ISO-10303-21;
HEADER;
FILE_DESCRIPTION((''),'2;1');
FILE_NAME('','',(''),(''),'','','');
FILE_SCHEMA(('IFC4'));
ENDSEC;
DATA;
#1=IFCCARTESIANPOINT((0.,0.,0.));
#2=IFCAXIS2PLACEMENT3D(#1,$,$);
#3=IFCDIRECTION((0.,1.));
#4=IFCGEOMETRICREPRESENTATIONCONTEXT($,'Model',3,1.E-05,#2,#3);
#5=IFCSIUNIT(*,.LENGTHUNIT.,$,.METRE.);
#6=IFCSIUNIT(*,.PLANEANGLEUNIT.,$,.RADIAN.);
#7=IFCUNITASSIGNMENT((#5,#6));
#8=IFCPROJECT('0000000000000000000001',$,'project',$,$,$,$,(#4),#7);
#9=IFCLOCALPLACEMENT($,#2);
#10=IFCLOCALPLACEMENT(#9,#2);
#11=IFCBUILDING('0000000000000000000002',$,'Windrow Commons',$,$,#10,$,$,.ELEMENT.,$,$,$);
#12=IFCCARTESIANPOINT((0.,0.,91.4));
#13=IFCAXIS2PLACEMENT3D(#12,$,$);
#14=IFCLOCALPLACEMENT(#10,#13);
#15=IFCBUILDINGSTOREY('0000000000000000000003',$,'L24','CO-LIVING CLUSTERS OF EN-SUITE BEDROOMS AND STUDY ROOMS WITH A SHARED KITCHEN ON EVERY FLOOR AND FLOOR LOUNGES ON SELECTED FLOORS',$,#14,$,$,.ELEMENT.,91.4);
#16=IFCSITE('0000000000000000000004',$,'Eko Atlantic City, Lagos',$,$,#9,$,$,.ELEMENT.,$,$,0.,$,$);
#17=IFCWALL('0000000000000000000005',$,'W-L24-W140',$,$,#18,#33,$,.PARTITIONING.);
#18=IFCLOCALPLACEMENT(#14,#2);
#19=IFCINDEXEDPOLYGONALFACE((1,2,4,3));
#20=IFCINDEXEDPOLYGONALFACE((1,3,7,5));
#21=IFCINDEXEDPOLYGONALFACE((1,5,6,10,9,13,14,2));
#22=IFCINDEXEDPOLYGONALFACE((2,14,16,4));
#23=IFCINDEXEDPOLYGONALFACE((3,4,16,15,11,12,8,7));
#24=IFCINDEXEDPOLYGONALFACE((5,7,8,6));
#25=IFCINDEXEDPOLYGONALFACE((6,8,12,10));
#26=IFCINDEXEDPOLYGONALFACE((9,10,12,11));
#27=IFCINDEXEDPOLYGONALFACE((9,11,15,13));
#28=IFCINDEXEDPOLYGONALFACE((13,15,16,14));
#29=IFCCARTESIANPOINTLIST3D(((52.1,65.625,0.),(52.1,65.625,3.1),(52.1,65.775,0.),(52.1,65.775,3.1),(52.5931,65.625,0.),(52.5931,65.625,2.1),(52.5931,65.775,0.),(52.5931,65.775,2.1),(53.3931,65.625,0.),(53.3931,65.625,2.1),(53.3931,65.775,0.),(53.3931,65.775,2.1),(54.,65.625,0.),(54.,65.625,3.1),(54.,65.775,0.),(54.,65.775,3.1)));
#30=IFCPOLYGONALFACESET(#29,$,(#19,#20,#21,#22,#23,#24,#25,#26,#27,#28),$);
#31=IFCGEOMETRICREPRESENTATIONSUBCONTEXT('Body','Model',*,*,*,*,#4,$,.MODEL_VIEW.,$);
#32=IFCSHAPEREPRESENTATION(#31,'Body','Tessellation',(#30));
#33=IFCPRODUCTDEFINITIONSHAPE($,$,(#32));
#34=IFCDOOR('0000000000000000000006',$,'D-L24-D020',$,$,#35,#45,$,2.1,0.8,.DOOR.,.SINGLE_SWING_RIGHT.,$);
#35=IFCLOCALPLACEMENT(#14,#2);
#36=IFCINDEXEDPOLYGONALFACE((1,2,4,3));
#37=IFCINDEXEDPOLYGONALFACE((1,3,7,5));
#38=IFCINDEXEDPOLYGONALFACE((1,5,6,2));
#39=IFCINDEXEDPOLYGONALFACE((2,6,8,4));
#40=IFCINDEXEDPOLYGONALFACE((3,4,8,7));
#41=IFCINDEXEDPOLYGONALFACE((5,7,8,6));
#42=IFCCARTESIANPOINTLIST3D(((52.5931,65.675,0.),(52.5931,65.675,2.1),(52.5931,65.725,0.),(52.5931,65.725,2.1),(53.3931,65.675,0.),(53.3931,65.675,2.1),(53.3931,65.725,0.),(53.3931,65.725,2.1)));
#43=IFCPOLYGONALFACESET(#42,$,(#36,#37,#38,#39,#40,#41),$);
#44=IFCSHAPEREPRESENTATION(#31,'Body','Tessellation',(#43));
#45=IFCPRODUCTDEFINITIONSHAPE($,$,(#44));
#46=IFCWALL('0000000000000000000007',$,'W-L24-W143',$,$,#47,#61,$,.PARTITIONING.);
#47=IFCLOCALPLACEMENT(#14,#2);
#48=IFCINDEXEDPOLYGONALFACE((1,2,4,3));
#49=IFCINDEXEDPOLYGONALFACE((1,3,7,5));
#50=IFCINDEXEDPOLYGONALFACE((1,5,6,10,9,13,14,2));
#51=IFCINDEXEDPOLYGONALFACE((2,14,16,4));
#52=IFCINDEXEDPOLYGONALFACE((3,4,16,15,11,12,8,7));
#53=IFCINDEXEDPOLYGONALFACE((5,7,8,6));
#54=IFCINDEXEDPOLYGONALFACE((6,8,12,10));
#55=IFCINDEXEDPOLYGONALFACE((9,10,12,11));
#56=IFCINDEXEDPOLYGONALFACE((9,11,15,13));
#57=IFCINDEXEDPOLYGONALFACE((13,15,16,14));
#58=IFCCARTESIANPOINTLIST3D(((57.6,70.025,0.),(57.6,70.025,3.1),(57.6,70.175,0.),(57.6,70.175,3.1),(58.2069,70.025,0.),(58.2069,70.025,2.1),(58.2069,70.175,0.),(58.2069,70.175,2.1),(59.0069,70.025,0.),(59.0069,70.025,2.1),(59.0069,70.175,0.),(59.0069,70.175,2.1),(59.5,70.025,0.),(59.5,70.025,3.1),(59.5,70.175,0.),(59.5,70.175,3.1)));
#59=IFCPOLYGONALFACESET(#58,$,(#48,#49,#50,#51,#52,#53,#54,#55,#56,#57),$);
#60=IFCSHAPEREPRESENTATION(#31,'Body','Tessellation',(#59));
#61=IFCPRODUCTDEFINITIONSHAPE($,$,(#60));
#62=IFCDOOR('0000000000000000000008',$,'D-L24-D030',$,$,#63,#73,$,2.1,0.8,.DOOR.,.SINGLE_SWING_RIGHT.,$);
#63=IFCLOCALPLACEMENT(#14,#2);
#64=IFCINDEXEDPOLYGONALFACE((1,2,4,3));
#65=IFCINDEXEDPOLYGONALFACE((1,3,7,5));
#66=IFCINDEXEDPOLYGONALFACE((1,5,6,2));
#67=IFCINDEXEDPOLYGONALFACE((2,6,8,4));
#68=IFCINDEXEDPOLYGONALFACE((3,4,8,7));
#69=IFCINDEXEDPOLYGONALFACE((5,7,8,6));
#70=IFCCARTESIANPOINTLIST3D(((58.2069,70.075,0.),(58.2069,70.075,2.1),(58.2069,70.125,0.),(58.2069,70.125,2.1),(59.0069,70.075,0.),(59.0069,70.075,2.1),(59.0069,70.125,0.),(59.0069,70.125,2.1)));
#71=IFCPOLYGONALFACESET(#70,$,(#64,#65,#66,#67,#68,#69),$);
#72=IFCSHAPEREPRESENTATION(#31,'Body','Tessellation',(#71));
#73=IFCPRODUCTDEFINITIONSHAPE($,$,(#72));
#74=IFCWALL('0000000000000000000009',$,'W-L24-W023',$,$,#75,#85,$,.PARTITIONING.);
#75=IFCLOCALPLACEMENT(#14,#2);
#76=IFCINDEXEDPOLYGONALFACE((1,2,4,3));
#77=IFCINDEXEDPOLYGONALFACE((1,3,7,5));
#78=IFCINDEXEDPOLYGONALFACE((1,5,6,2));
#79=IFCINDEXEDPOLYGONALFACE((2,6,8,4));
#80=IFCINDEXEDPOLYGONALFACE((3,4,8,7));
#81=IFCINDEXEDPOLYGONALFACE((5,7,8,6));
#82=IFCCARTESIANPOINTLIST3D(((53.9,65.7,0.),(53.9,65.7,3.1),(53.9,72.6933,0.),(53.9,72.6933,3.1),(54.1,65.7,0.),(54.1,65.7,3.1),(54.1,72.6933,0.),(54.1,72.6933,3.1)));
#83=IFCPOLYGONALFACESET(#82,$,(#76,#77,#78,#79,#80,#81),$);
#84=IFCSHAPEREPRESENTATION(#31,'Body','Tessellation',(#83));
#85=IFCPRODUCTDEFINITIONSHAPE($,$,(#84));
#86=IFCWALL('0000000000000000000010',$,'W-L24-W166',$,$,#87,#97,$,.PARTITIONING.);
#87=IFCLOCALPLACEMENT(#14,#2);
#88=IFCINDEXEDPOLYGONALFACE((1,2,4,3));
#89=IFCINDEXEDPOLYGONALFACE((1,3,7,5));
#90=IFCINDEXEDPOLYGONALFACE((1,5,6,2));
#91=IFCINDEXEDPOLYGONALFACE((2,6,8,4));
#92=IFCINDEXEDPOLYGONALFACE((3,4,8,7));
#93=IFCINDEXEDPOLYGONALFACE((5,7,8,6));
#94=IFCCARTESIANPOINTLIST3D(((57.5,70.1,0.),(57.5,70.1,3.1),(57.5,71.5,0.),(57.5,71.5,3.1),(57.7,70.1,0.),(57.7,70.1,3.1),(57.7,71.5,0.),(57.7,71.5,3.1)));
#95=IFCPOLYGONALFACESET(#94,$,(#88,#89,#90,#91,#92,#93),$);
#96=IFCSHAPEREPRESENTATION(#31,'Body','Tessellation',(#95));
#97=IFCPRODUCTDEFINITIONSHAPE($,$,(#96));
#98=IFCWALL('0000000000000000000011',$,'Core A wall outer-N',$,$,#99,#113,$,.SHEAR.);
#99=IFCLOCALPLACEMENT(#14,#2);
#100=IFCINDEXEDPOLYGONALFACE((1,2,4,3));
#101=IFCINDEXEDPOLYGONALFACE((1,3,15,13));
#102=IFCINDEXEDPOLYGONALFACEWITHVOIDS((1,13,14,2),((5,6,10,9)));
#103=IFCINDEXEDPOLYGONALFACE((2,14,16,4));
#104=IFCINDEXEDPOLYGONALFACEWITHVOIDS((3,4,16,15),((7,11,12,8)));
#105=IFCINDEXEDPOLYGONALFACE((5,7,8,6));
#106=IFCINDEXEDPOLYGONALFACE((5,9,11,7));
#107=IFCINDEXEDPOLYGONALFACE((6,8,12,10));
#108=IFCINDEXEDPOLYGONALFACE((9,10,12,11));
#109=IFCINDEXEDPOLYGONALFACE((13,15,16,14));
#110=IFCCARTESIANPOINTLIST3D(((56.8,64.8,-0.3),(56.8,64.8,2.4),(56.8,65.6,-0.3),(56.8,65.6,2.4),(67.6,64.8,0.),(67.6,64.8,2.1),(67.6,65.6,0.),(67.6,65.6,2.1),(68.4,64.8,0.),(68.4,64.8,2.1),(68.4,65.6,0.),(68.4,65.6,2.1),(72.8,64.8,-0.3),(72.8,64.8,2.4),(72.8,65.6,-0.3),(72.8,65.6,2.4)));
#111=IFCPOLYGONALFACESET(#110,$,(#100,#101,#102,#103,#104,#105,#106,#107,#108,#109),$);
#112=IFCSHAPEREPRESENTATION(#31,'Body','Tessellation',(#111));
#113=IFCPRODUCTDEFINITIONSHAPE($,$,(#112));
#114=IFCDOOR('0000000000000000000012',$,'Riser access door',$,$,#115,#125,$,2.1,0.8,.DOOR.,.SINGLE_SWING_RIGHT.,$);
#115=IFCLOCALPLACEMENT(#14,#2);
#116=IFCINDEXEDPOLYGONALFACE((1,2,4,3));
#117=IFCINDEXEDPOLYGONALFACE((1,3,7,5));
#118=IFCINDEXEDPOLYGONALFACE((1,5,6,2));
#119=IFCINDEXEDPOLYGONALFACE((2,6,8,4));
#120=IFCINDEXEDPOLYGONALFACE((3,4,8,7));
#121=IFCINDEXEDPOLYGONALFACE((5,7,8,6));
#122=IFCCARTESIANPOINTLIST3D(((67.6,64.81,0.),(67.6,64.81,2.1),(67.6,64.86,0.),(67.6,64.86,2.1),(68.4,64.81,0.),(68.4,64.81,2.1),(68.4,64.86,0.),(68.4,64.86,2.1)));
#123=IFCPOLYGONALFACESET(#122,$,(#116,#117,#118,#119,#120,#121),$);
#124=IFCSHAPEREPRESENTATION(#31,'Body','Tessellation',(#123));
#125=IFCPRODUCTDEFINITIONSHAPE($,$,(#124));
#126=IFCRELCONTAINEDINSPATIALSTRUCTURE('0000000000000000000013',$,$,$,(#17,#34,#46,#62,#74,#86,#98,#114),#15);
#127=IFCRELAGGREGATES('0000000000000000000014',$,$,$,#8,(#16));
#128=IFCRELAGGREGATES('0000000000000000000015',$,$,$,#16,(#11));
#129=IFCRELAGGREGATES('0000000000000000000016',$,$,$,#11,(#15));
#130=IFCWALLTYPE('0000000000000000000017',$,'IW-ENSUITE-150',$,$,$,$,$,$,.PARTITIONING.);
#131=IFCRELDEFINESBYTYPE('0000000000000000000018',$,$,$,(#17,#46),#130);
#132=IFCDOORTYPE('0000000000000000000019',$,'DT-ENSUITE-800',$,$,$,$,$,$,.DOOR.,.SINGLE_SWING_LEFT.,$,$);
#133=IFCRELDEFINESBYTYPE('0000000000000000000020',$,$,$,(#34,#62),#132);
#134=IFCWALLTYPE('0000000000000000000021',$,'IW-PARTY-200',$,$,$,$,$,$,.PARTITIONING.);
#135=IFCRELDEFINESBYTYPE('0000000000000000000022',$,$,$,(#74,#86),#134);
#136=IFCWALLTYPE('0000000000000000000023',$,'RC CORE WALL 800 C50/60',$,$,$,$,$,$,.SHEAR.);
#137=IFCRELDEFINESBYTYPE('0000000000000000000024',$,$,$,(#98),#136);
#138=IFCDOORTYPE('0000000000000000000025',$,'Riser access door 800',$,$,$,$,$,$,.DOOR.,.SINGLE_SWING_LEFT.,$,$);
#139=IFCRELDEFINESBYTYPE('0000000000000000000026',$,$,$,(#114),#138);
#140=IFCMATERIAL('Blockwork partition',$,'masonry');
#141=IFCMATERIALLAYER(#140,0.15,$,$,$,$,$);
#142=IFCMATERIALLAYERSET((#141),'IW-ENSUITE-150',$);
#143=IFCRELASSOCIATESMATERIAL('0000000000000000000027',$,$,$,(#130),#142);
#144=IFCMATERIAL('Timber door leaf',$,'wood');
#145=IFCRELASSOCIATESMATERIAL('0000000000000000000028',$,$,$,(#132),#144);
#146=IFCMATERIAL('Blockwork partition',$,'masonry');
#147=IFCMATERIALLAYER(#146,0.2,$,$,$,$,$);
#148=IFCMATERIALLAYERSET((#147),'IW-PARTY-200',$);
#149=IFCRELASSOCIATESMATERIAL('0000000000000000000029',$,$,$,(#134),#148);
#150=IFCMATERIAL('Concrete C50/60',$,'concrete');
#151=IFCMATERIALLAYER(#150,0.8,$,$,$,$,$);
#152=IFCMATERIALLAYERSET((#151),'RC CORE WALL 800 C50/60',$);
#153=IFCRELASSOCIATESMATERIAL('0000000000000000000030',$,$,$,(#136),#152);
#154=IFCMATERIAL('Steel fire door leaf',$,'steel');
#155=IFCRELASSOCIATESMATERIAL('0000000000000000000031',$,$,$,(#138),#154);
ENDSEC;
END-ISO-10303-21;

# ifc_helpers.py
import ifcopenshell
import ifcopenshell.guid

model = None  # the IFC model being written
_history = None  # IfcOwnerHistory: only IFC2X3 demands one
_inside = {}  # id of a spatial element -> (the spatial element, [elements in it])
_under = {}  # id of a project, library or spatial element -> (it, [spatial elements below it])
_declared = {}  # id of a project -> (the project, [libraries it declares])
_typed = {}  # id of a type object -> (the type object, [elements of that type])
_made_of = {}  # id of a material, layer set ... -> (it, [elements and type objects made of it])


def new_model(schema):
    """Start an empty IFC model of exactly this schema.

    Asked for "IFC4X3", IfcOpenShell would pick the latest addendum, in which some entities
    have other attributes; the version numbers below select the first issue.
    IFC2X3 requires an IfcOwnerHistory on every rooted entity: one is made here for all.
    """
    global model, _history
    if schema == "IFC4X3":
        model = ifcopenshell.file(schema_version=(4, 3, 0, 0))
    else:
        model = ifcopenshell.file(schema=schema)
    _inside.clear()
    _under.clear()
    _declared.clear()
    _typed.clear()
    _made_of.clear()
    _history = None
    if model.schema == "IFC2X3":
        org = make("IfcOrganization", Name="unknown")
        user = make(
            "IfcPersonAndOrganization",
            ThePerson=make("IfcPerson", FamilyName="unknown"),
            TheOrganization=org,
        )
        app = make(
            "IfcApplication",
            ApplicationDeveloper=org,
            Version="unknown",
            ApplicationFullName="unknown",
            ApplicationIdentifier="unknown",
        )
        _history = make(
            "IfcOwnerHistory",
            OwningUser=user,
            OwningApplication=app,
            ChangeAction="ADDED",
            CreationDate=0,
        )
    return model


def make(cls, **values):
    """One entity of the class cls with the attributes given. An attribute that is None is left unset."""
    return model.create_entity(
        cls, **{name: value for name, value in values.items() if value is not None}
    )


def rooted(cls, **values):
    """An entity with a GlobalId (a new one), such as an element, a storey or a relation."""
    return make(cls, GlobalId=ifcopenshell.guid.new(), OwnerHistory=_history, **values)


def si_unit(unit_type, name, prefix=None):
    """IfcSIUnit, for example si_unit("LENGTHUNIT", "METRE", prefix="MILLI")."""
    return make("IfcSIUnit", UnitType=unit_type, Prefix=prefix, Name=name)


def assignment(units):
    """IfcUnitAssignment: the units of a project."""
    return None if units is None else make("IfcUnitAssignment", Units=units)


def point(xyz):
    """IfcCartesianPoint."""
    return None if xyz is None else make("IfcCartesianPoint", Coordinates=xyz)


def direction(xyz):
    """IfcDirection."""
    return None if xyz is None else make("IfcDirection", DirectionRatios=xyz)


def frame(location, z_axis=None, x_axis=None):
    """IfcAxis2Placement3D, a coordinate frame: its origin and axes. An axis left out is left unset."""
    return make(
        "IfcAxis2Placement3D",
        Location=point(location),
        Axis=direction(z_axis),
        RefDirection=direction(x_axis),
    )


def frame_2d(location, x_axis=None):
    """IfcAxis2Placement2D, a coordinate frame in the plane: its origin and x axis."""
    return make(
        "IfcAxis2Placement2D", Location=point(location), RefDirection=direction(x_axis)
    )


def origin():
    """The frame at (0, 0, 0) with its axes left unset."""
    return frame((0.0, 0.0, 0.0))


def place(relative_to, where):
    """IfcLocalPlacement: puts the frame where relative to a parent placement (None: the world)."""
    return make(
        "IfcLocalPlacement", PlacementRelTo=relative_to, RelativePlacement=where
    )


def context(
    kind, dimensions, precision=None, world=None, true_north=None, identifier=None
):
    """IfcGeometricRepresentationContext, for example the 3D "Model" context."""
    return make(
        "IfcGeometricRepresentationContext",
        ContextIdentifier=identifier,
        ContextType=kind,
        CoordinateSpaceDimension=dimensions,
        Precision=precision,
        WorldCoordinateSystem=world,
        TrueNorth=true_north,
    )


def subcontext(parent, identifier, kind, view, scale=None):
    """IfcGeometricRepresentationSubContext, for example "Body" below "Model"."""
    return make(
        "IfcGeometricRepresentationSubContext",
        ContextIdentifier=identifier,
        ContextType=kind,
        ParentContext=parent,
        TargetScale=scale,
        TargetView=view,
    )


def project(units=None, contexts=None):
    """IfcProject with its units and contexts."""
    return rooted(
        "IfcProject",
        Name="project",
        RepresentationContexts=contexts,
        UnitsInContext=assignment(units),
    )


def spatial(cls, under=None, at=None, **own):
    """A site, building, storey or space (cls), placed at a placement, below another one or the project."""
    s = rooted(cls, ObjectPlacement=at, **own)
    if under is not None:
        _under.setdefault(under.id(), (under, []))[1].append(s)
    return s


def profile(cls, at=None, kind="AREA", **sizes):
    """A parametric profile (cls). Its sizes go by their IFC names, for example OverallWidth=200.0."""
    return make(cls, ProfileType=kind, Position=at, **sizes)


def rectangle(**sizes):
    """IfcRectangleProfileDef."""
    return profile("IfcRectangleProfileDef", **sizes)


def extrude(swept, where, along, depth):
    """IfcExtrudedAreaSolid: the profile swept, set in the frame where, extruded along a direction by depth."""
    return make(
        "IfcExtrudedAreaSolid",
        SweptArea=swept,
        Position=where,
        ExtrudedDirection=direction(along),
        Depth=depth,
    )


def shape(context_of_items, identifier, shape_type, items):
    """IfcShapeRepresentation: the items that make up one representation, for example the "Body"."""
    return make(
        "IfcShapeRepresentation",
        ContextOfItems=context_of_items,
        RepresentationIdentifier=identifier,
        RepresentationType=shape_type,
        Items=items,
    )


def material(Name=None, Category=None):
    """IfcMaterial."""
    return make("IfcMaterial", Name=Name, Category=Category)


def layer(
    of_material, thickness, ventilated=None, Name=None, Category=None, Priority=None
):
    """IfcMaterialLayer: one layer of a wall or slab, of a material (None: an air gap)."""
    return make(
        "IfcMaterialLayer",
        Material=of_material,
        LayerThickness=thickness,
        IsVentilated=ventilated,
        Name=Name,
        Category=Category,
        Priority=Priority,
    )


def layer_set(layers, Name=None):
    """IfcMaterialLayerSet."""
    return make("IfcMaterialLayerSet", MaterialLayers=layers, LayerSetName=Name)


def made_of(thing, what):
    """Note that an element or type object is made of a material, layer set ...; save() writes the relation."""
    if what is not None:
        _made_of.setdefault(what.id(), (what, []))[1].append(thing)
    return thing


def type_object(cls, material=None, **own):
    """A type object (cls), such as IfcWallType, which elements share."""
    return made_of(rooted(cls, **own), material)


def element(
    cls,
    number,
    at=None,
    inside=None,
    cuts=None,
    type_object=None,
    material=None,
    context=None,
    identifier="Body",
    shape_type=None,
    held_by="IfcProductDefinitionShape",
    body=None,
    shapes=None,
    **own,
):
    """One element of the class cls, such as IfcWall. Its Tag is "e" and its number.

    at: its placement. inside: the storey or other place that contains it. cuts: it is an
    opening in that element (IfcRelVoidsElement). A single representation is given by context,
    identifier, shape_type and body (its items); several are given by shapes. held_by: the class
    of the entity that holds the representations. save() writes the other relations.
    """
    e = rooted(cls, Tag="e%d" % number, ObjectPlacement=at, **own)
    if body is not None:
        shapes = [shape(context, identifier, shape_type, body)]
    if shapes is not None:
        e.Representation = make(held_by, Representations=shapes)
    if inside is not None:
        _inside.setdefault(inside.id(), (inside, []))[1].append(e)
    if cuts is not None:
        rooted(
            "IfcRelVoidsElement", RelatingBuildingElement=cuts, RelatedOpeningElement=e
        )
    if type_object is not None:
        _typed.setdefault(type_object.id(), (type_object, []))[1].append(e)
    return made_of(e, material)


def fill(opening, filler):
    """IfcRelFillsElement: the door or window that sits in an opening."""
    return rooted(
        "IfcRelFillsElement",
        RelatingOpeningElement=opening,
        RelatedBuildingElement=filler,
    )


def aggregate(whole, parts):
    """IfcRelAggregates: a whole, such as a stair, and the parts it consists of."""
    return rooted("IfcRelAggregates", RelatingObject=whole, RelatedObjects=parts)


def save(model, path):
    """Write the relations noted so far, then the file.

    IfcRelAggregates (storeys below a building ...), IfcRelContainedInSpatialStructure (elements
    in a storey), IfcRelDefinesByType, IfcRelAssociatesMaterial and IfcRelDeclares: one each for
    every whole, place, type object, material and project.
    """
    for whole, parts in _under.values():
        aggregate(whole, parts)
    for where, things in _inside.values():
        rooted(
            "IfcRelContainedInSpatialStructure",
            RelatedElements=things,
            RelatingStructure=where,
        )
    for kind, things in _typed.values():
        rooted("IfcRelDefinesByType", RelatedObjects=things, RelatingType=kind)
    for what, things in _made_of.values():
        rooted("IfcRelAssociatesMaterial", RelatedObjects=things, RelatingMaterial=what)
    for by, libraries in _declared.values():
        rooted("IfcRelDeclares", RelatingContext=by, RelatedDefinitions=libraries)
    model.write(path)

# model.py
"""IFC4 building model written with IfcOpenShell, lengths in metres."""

from ifc_helpers import new_model, si_unit, direction, frame, frame_2d, origin, place, context, subcontext, project, spatial, rectangle, extrude, material, layer, layer_set, type_object, element, fill, save


model = new_model("IFC4")

# Units and contexts
model_context = context("Model", 3, precision=1e-05, world=origin(), true_north=direction((0.0, 1.0)))
body_context = subcontext(model_context, "Body", "Model", "MODEL_VIEW")
ifc_project = project(units=[si_unit("LENGTHUNIT", "METRE"), si_unit("PLANEANGLEUNIT", "RADIAN")], contexts=[model_context])

# Site, building, storey
site_placement = place(None, origin())
site = spatial("IfcSite", under=ifc_project, at=site_placement, Name="Eko Atlantic City, Lagos", CompositionType="ELEMENT", RefElevation=0.0)
building_placement = place(site_placement, origin())
building = spatial("IfcBuilding", under=site, at=building_placement, Name="Windrow Commons", CompositionType="ELEMENT")
storey_placement = place(building_placement, frame((0.0, 0.0, 91.4)))
storey = spatial("IfcBuildingStorey", under=building, at=storey_placement, Name="L24", Description="CO-LIVING CLUSTERS OF EN-SUITE BEDROOMS AND STUDY ROOMS WITH A SHARED KITCHEN ON EVERY FLOOR AND FLOOR LOUNGES ON SELECTED FLOORS", CompositionType="ELEMENT", Elevation=91.4)

# Shared definitions
ifc_material_1 = material(Name="Blockwork partition", Category="masonry")
ifc_layer_1 = layer(ifc_material_1, 0.15)
ifc_layer_set_1 = layer_set([ifc_layer_1], Name="IW-ENSUITE-150")
wall_type_1 = type_object("IfcWallType", Name="IW-ENSUITE-150", PredefinedType="PARTITIONING", material=ifc_layer_set_1)

# Walls, openings, doors
wall_1_placement = place(storey_placement, frame((52.1, 65.7, 0.0), z_axis=(0.0, 0.0, 1.0), x_axis=(1.0, 0.0, 0.0)))
wall_1 = element("IfcWall", 1, at=wall_1_placement, inside=storey, type_object=wall_type_1, Name="W-L24-W140", PredefinedType="PARTITIONING", context=body_context, shape_type="SweptSolid", body=[
    extrude(rectangle(XDim=1.9, YDim=0.15, at=frame_2d((0.95, 0.0))), origin(), (0.0, 0.0, 1.0), 3.1),
])
opening_1_placement = place(wall_1_placement, frame((0.4931, 0.0, 0.0)))
opening_1 = element("IfcOpeningElement", 2, at=opening_1_placement, cuts=wall_1, PredefinedType="OPENING", context=body_context, shape_type="SweptSolid", body=[
    extrude(rectangle(XDim=0.8, YDim=2.1, at=frame_2d((0.4, 1.05))), frame((0.0, 0.085, 0.0), z_axis=(0.0, -1.0, 0.0), x_axis=(1.0, 0.0, 0.0)), (0.0, 0.0, 1.0), 0.17),
])
ifc_material_2 = material(Name="Timber door leaf", Category="wood")
door_type_1 = type_object("IfcDoorType", Name="DT-ENSUITE-800", OperationType="SINGLE_SWING_LEFT", PredefinedType="DOOR", material=ifc_material_2)
door_1_placement = place(opening_1_placement, origin())
door_1 = element("IfcDoor", 3, at=door_1_placement, inside=storey, type_object=door_type_1, Name="D-L24-D020", OperationType="SINGLE_SWING_RIGHT", OverallHeight=2.1, OverallWidth=0.8, PredefinedType="DOOR", context=body_context, shape_type="SweptSolid", body=[
    extrude(rectangle(XDim=0.8, YDim=2.1, at=frame_2d((0.4, 1.05))), frame((0.0, 0.025, 0.0), z_axis=(0.0, -1.0, 0.0), x_axis=(1.0, 0.0, 0.0)), (0.0, 0.0, 1.0), 0.05),
])
fill(opening_1, door_1)
wall_2_placement = place(storey_placement, frame((57.6, 70.1, 0.0), z_axis=(0.0, 0.0, 1.0), x_axis=(1.0, 0.0, 0.0)))
wall_2 = element("IfcWall", 4, at=wall_2_placement, inside=storey, type_object=wall_type_1, Name="W-L24-W143", PredefinedType="PARTITIONING", context=body_context, shape_type="SweptSolid", body=[
    extrude(rectangle(XDim=1.9, YDim=0.15, at=frame_2d((0.95, 0.0))), origin(), (0.0, 0.0, 1.0), 3.1),
])
opening_2_placement = place(wall_2_placement, frame((0.6069, 0.0, 0.0)))
opening_2 = element("IfcOpeningElement", 5, at=opening_2_placement, cuts=wall_2, PredefinedType="OPENING", context=body_context, shape_type="SweptSolid", body=[
    extrude(rectangle(XDim=0.8, YDim=2.1, at=frame_2d((0.4, 1.05))), frame((0.0, 0.085, 0.0), z_axis=(0.0, -1.0, 0.0), x_axis=(1.0, 0.0, 0.0)), (0.0, 0.0, 1.0), 0.17),
])
door_2_placement = place(opening_2_placement, origin())
door_2 = element("IfcDoor", 6, at=door_2_placement, inside=storey, type_object=door_type_1, Name="D-L24-D030", OperationType="SINGLE_SWING_RIGHT", OverallHeight=2.1, OverallWidth=0.8, PredefinedType="DOOR", context=body_context, shape_type="SweptSolid", body=[
    extrude(rectangle(XDim=0.8, YDim=2.1, at=frame_2d((0.4, 1.05))), frame((0.0, 0.025, 0.0), z_axis=(0.0, -1.0, 0.0), x_axis=(1.0, 0.0, 0.0)), (0.0, 0.0, 1.0), 0.05),
])
fill(opening_2, door_2)

# Walls
ifc_material_3 = material(Name="Blockwork partition", Category="masonry")
ifc_layer_2 = layer(ifc_material_3, 0.2)
ifc_layer_set_2 = layer_set([ifc_layer_2], Name="IW-PARTY-200")
wall_type_2 = type_object("IfcWallType", Name="IW-PARTY-200", PredefinedType="PARTITIONING", material=ifc_layer_set_2)
wall_3_placement = place(storey_placement, frame((54.0, 65.7, 0.0), z_axis=(0.0, 0.0, 1.0), x_axis=(0.0, 1.0, 0.0)))
element("IfcWall", 7, at=wall_3_placement, inside=storey, type_object=wall_type_2, Name="W-L24-W023", PredefinedType="PARTITIONING", context=body_context, shape_type="SweptSolid", body=[
    extrude(rectangle(XDim=6.9933, YDim=0.2, at=frame_2d((3.4966, 0.0))), origin(), (0.0, 0.0, 1.0), 3.1),
])
wall_4_placement = place(storey_placement, frame((57.6, 70.1, 0.0), z_axis=(0.0, 0.0, 1.0), x_axis=(0.0, 1.0, 0.0)))
element("IfcWall", 8, at=wall_4_placement, inside=storey, type_object=wall_type_2, Name="W-L24-W166", PredefinedType="PARTITIONING", context=body_context, shape_type="SweptSolid", body=[
    extrude(rectangle(XDim=1.4, YDim=0.2, at=frame_2d((0.7, 0.0))), origin(), (0.0, 0.0, 1.0), 3.1),
])

# Wall, opening, door
ifc_material_4 = material(Name="Concrete C50/60", Category="concrete")
ifc_layer_3 = layer(ifc_material_4, 0.8)
ifc_layer_set_3 = layer_set([ifc_layer_3], Name="RC CORE WALL 800 C50/60")
wall_type_3 = type_object("IfcWallType", Name="RC CORE WALL 800 C50/60", PredefinedType="SHEAR", material=ifc_layer_set_3)
wall_5_placement = place(storey_placement, frame((56.8, 65.2, -0.3), z_axis=(0.0, 0.0, 1.0), x_axis=(1.0, 0.0, 0.0)))
wall_5 = element("IfcWall", 9, at=wall_5_placement, inside=storey, type_object=wall_type_3, Name="Core A wall outer-N", PredefinedType="SHEAR", context=body_context, shape_type="SweptSolid", body=[
    extrude(rectangle(XDim=16.0, YDim=0.8, at=frame_2d((8.0, 0.0))), origin(), (0.0, 0.0, 1.0), 2.7),
])
opening_3_placement = place(wall_5_placement, frame((10.8, 0.0, 0.3)))
opening_3 = element("IfcOpeningElement", 10, at=opening_3_placement, cuts=wall_5, PredefinedType="OPENING", context=body_context, shape_type="SweptSolid", body=[
    extrude(rectangle(XDim=0.8, YDim=2.1, at=frame_2d((0.4, 1.05))), frame((0.0, 0.41, 0.0), z_axis=(0.0, -1.0, 0.0), x_axis=(1.0, 0.0, 0.0)), (0.0, 0.0, 1.0), 0.82),
])
ifc_material_5 = material(Name="Steel fire door leaf", Category="steel")
door_type_2 = type_object("IfcDoorType", Name="Riser access door 800", OperationType="SINGLE_SWING_LEFT", PredefinedType="DOOR", material=ifc_material_5)
door_3_placement = place(opening_3_placement, origin())
door_3 = element("IfcDoor", 11, at=door_3_placement, inside=storey, type_object=door_type_2, Name="Riser access door", OperationType="SINGLE_SWING_RIGHT", OverallHeight=2.1, OverallWidth=0.8, PredefinedType="DOOR", context=body_context, shape_type="SweptSolid", body=[
    extrude(rectangle(XDim=0.8, YDim=2.1, at=frame_2d((0.4, 1.05))), frame((0.0, -0.34, 0.0), z_axis=(0.0, -1.0, 0.0), x_axis=(1.0, 0.0, 0.0)), (0.0, 0.0, 1.0), 0.05),
])
fill(opening_3, door_3)

save(model, "model.ifc")
